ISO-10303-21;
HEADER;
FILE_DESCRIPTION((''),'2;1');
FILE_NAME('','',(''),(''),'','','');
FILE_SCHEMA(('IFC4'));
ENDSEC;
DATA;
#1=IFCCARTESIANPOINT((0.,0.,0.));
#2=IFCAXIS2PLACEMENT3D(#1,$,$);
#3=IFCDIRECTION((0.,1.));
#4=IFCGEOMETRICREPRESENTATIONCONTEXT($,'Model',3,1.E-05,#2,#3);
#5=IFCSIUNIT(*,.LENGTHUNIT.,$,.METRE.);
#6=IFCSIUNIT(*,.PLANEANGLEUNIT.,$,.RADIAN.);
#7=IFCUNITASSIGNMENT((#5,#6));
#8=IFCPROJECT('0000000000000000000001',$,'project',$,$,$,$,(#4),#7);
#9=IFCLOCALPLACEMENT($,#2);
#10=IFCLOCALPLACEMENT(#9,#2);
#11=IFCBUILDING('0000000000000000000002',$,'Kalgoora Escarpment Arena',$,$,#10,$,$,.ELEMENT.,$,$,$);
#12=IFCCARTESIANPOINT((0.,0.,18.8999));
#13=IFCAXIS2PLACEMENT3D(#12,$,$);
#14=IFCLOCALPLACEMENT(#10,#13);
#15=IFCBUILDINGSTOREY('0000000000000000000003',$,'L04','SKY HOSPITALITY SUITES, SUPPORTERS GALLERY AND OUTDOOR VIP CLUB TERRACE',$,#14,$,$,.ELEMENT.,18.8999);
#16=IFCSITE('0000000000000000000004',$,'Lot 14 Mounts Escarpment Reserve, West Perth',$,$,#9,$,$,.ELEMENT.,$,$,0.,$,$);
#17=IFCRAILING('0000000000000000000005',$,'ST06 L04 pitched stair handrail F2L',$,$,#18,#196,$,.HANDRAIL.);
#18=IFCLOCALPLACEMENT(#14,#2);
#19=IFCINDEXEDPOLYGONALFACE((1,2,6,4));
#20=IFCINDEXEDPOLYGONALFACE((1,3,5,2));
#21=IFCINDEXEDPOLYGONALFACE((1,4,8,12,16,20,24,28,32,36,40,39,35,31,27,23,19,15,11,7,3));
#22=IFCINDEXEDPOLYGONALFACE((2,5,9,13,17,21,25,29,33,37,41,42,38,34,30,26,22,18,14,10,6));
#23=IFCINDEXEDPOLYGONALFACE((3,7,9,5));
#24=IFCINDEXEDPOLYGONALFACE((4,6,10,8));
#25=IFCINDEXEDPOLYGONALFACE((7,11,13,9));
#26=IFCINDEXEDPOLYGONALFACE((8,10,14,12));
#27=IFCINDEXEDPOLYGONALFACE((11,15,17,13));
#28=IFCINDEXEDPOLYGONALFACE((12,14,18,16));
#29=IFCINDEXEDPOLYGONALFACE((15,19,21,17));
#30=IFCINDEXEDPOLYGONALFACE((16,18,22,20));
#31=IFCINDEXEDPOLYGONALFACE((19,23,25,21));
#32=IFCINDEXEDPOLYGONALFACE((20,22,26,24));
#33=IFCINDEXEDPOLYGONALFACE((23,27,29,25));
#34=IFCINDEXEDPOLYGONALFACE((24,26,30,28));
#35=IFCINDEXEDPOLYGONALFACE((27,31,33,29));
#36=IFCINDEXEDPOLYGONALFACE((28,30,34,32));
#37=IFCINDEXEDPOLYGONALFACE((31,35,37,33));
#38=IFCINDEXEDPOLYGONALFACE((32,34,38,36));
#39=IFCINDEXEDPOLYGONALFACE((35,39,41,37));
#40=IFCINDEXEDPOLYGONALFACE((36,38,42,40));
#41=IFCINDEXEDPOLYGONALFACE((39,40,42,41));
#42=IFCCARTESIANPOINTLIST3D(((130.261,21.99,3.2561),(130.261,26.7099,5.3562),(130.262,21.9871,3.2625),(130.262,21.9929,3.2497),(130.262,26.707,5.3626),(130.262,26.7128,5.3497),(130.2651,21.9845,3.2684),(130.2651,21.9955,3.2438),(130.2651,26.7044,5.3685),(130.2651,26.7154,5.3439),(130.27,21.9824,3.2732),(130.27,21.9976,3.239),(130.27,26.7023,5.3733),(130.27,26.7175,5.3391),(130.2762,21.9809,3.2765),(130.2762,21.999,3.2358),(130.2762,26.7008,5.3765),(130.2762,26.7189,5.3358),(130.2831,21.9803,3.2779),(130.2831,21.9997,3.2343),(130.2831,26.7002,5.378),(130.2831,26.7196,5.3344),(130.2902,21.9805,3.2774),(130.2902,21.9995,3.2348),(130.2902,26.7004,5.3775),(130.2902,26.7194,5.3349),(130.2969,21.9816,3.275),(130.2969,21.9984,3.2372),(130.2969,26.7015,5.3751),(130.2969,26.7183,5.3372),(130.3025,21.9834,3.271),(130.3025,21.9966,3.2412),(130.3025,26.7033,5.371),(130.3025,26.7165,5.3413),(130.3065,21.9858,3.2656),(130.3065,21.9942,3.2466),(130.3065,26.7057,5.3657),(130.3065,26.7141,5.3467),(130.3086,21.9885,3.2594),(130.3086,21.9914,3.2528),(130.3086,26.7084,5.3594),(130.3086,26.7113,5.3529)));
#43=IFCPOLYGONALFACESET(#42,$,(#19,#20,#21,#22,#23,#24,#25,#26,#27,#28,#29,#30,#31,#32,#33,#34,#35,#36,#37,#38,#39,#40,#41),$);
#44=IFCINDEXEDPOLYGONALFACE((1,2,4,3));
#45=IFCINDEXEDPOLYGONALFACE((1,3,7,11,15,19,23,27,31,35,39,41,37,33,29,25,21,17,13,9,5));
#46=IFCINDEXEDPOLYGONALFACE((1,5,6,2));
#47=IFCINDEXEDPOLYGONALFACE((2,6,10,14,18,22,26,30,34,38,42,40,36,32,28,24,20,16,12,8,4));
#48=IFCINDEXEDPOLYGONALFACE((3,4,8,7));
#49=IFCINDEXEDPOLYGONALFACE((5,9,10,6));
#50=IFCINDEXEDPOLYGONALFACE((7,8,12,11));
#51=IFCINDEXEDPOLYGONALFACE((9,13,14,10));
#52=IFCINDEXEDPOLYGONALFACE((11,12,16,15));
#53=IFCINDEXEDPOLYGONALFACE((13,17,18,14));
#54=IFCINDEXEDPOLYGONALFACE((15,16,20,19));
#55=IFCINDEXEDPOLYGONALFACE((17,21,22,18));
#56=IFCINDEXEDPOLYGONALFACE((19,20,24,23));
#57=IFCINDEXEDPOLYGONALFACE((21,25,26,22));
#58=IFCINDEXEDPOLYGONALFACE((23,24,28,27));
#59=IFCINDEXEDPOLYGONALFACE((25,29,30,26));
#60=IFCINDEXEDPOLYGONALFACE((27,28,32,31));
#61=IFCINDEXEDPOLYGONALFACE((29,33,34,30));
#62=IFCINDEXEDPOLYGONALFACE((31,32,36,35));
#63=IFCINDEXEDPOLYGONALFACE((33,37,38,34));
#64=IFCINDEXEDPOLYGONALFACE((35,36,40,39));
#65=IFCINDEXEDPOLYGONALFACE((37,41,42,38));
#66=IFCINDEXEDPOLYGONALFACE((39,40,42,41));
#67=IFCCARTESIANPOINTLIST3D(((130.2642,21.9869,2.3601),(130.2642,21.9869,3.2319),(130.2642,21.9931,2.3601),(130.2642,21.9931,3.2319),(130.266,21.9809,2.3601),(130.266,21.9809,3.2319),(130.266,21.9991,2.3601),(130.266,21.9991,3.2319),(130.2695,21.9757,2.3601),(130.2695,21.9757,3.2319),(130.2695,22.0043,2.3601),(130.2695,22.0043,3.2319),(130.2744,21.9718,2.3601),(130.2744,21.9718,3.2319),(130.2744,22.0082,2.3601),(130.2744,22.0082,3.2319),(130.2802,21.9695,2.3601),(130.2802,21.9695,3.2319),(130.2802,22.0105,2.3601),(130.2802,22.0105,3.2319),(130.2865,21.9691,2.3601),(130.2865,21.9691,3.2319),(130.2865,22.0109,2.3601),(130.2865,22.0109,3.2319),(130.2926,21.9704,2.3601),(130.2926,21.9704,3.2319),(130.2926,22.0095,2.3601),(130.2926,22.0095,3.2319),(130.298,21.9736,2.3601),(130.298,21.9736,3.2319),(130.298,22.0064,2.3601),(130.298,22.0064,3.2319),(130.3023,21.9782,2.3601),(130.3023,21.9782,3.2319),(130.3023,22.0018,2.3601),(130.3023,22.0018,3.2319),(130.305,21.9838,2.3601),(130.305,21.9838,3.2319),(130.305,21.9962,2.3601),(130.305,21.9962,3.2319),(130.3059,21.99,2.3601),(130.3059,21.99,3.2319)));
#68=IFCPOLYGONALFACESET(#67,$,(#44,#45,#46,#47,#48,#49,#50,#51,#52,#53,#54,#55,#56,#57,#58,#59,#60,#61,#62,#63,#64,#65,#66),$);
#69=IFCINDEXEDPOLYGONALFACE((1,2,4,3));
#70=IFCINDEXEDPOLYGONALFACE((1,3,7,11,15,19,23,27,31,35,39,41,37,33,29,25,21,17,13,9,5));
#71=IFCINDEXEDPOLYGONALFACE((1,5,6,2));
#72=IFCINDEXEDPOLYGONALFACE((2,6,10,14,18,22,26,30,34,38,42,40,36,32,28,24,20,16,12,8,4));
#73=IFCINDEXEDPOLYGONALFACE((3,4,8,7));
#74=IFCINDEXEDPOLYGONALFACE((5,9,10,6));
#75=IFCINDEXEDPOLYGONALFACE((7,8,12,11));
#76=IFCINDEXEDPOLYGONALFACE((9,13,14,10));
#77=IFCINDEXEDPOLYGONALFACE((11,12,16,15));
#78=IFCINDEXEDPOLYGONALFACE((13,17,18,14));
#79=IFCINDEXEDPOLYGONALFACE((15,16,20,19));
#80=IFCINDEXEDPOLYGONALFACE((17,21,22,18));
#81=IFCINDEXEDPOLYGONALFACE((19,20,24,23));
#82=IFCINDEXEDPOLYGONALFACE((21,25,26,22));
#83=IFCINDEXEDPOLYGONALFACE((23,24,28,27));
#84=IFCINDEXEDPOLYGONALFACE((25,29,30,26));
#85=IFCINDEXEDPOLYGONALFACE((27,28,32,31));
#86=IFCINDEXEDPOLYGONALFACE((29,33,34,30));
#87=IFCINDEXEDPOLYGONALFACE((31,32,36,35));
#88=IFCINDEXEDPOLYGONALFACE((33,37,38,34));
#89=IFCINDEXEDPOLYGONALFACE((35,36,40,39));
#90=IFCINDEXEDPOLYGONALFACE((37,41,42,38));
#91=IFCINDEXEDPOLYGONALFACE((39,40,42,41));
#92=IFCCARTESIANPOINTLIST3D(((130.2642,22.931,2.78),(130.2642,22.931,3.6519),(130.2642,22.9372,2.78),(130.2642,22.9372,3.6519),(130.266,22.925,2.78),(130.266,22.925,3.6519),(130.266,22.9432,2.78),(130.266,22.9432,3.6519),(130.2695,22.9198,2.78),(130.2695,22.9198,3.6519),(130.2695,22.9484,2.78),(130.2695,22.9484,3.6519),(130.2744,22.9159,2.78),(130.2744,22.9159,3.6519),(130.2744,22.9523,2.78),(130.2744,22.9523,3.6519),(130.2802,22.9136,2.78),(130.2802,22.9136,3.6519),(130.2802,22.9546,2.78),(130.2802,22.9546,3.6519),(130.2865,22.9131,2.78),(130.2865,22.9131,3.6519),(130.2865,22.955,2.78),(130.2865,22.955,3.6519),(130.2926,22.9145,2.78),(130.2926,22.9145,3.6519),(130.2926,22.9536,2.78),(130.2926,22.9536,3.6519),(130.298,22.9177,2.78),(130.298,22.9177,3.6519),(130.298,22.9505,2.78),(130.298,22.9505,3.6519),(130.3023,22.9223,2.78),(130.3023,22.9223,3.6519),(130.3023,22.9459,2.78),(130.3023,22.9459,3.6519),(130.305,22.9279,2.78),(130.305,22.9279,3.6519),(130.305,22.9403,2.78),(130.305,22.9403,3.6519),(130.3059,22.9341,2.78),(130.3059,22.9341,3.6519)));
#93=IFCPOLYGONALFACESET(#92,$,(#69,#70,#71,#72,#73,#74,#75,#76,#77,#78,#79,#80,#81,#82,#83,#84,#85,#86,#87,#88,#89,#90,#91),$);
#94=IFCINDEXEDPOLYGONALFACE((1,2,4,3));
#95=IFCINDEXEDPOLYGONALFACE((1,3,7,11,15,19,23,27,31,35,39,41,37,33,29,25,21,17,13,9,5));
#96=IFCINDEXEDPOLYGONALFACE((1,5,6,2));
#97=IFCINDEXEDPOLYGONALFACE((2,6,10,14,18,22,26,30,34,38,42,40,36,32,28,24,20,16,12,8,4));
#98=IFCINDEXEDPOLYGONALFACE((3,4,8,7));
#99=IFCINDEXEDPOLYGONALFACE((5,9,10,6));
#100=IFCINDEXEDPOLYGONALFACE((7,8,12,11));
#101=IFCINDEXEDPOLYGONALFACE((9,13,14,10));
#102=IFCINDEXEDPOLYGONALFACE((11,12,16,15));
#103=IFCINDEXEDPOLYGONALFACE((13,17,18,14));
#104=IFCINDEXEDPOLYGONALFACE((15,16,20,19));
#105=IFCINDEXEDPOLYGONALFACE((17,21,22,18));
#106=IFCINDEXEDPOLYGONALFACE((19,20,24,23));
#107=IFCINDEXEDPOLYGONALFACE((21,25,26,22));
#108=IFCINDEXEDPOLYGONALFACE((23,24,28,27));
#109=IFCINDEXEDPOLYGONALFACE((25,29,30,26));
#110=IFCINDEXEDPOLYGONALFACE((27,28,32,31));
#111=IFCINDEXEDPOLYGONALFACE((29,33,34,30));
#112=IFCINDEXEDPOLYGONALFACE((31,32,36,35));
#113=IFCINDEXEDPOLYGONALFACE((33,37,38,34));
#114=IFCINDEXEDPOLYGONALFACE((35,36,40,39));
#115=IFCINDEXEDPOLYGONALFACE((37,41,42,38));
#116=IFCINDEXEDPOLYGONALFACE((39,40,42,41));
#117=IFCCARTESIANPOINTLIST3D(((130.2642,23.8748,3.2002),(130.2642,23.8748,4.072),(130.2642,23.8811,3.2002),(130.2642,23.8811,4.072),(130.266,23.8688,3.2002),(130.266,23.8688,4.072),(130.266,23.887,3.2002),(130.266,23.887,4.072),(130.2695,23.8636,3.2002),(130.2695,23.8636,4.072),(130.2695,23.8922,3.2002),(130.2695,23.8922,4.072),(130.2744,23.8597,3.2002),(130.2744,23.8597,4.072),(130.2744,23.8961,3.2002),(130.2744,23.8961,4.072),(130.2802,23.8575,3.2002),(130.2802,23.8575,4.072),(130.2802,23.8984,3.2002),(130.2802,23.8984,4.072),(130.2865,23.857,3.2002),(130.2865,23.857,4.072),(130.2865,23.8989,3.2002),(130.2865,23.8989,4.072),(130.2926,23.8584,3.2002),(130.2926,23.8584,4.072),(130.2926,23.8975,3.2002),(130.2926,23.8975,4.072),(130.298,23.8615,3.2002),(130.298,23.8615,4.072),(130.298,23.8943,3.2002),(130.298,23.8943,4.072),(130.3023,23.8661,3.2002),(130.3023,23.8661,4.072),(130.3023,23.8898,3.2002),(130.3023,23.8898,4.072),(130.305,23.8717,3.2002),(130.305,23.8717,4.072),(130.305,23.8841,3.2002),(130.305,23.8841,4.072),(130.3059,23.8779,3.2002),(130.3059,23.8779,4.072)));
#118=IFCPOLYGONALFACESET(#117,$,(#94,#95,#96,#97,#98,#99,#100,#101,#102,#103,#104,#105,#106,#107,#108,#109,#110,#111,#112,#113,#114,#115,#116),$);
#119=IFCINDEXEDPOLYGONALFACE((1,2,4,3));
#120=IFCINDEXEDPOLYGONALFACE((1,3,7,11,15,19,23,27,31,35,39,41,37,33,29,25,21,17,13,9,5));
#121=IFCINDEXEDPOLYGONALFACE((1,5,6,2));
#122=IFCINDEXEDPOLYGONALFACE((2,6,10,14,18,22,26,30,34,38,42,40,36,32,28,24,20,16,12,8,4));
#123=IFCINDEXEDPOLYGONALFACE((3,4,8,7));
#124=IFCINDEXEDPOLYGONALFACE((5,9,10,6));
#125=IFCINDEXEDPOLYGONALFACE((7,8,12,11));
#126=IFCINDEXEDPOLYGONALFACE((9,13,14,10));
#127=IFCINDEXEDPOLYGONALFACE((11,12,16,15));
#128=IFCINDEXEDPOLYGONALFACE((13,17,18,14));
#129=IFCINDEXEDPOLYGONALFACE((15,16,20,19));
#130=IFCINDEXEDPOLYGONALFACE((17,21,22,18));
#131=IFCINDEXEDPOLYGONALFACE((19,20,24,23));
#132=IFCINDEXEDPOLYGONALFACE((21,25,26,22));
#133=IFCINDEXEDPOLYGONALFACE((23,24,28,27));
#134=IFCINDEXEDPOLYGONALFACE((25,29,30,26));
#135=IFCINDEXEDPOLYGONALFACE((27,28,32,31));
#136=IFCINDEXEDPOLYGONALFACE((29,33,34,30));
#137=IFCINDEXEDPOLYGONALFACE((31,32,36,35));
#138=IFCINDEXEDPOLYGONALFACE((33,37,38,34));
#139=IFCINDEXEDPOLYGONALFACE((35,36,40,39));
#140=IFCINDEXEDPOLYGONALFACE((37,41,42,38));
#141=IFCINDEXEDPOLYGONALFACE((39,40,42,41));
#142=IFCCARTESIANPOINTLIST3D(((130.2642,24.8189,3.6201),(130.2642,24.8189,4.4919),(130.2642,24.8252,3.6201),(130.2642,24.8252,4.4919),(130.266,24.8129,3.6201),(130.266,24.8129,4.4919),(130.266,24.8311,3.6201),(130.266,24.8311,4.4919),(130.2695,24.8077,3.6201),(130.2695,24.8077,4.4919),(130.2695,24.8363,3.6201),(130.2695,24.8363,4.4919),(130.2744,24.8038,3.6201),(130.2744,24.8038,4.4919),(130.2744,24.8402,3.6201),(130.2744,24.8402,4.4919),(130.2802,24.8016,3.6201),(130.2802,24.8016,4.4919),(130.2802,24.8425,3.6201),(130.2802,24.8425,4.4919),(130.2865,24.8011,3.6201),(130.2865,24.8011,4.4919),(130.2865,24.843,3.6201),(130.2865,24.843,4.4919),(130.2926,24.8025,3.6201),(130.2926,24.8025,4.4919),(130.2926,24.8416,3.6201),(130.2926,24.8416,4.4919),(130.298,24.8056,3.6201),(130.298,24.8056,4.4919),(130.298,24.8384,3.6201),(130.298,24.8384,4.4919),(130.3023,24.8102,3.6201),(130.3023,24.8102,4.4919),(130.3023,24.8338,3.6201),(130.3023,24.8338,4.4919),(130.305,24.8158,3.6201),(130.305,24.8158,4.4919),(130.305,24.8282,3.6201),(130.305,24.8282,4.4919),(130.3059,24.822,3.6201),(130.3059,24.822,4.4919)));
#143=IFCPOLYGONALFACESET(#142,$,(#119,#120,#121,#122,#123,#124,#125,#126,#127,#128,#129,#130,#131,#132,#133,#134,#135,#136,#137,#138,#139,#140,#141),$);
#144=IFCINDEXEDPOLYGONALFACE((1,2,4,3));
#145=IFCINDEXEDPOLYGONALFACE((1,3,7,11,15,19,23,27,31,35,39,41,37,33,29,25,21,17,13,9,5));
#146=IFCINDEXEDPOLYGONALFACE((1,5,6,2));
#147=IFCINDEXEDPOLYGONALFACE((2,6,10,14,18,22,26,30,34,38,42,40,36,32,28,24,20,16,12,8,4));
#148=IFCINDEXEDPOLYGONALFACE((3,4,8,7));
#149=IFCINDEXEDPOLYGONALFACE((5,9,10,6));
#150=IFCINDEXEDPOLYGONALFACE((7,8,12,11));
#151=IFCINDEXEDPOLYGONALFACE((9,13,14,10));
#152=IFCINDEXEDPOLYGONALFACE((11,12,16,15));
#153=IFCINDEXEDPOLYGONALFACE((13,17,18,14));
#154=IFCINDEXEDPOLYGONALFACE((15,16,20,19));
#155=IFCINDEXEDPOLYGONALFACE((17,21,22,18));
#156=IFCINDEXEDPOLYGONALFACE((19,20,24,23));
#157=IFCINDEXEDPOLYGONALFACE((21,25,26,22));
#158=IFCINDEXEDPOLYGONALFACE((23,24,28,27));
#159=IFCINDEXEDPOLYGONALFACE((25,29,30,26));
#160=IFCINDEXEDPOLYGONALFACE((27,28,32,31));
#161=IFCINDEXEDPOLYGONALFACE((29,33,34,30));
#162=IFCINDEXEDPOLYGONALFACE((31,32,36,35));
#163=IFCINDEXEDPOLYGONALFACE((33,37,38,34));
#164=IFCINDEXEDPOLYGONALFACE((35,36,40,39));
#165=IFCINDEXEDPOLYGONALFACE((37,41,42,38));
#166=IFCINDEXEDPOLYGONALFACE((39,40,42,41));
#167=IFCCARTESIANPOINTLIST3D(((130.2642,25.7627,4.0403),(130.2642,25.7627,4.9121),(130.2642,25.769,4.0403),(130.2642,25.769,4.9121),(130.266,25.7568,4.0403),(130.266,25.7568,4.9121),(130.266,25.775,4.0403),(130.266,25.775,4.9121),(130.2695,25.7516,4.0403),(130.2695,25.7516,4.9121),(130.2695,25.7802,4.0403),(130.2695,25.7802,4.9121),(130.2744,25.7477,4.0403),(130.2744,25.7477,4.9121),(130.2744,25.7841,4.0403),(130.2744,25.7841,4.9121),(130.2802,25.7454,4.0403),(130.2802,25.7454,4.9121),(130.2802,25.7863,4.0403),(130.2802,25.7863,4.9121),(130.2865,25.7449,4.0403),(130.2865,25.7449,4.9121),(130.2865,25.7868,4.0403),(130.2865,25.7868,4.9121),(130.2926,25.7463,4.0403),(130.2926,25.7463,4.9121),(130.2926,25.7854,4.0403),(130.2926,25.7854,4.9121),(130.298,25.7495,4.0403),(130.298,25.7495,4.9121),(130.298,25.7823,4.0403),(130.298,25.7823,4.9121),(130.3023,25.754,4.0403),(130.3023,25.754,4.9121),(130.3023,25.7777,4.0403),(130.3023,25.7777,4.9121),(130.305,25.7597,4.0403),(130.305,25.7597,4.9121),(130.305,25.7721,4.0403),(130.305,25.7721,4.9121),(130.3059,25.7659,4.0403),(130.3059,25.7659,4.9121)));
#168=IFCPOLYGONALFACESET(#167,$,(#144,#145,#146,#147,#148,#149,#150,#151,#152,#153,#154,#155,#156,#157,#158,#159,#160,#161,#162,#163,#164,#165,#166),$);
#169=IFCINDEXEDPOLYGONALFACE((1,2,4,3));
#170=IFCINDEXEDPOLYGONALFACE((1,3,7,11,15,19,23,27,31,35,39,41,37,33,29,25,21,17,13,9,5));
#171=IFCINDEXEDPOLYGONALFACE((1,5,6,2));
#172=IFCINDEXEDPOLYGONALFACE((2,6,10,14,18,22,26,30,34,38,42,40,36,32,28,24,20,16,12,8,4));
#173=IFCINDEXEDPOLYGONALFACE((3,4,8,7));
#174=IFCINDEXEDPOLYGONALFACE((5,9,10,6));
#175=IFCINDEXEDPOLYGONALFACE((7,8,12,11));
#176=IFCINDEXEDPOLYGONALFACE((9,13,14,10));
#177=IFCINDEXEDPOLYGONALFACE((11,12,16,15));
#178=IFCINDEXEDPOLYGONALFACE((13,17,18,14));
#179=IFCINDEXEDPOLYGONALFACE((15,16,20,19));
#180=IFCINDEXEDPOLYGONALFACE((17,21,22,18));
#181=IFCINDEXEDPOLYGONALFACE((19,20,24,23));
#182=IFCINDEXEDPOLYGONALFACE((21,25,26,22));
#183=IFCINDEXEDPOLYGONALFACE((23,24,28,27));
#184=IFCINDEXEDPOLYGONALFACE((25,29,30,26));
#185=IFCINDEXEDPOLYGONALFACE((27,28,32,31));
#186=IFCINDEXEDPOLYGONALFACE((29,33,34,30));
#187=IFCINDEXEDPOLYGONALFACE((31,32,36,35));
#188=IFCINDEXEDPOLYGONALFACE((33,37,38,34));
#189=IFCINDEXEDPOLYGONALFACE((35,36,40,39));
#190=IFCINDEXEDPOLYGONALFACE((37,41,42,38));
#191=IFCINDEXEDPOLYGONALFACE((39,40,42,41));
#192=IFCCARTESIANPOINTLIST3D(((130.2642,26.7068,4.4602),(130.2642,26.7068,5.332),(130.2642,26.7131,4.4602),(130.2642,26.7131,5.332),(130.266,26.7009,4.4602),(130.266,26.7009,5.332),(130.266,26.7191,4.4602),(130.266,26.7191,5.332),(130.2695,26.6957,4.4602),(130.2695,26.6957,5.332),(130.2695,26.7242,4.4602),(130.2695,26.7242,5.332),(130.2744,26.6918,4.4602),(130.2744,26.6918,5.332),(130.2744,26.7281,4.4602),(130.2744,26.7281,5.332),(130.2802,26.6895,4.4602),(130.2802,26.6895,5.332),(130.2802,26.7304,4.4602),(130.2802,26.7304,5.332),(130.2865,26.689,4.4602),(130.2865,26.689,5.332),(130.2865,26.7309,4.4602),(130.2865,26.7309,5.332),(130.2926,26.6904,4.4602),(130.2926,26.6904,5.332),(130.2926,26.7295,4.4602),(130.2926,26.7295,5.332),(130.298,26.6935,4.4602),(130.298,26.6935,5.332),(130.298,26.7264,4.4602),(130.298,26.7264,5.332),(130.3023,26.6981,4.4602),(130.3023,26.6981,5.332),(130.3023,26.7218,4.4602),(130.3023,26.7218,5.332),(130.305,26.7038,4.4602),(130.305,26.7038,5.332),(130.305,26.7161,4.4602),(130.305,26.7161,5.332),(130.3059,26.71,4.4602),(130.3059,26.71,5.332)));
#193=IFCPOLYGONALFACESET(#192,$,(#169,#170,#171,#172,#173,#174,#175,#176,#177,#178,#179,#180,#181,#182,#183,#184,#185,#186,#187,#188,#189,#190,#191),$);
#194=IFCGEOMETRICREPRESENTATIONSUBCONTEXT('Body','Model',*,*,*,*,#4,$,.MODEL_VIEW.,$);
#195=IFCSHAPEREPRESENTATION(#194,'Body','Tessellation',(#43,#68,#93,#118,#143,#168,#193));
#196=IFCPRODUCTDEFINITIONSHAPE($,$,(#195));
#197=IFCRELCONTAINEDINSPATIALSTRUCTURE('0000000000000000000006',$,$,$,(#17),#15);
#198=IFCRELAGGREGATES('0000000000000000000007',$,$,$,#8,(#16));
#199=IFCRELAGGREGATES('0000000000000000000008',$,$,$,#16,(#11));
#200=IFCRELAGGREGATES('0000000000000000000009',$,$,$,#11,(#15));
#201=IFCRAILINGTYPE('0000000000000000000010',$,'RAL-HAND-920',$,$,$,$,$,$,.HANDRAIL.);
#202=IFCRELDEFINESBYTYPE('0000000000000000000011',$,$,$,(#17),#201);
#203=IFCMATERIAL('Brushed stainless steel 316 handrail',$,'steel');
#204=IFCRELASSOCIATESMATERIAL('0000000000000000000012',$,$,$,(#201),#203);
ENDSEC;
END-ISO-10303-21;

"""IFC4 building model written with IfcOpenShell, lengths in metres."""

from ifc_helpers import new_model, si_unit, direction, frame, origin, origin_2d, place, context, subcontext, project, spatial, circle, extrude, material, type_object, element, save


model = new_model("IFC4")

# Units and contexts
model_context = context("Model", 3, precision=1e-05, world=origin(), true_north=direction((0.0, 1.0)))
body_context = subcontext(model_context, "Body", "Model", "MODEL_VIEW")
ifc_project = project(units=[si_unit("LENGTHUNIT", "METRE"), si_unit("PLANEANGLEUNIT", "RADIAN")], contexts=[model_context])

# Site, building, storey
site_placement = place(None, origin())
site = spatial("IfcSite", under=ifc_project, at=site_placement, Name="Lot 14 Mounts Escarpment Reserve, West Perth", CompositionType="ELEMENT", RefElevation=0.0)
building_placement = place(site_placement, origin())
building = spatial("IfcBuilding", under=site, at=building_placement, Name="Kalgoora Escarpment Arena", CompositionType="ELEMENT")
storey_placement = place(building_placement, frame((0.0, 0.0, 18.8999)))
storey = spatial("IfcBuildingStorey", under=building, at=storey_placement, Name="L04", Description="SKY HOSPITALITY SUITES, SUPPORTERS GALLERY AND OUTDOOR VIP CLUB TERRACE", CompositionType="ELEMENT", Elevation=18.8999)

# Railing
ifc_material_1 = material(Name="Brushed stainless steel 316 handrail", Category="steel")
railing_type = type_object("IfcRailingType", Name="RAL-HAND-920", PredefinedType="HANDRAIL", material=ifc_material_1)
for number, where, name in (
    (1, (130.2849, 21.99, 2.3601), "ST06 L04 pitched stair handrail F2L"),
):
    element("IfcRailing", number, at=place(storey_placement, frame(where)), inside=storey, type_object=railing_type, Name=name, PredefinedType="HANDRAIL", context=body_context, shape_type="SweptSolid", body=[
        extrude(circle(Radius=0.0239, at=origin_2d()), frame((0.0, 0.0, 0.896), z_axis=(0.0, 0.913644, 0.406516), x_axis=(-1.0, 0.0, 0.0)), (0.0, 0.0, 1.0), 5.166),
        extrude(circle(Radius=0.021, at=origin_2d()), origin(), (0.0, 0.0, 1.0), 0.8718),
        extrude(circle(Radius=0.021, at=origin_2d()), frame((0.0, 0.9441, 0.4199)), (0.0, 0.0, 1.0), 0.8718),
        extrude(circle(Radius=0.021, at=origin_2d()), frame((0.0, 1.8879, 0.8401)), (0.0, 0.0, 1.0), 0.8718),
        extrude(circle(Radius=0.021, at=origin_2d()), frame((0.0, 2.832, 1.26)), (0.0, 0.0, 1.0), 0.8718),
        extrude(circle(Radius=0.021, at=origin_2d()), frame((0.0, 3.7759, 1.6802)), (0.0, 0.0, 1.0), 0.8718),
        extrude(circle(Radius=0.021, at=origin_2d()), frame((0.0, 4.72, 2.1001)), (0.0, 0.0, 1.0), 0.8718),
    ])

save(model, "model.ifc")
